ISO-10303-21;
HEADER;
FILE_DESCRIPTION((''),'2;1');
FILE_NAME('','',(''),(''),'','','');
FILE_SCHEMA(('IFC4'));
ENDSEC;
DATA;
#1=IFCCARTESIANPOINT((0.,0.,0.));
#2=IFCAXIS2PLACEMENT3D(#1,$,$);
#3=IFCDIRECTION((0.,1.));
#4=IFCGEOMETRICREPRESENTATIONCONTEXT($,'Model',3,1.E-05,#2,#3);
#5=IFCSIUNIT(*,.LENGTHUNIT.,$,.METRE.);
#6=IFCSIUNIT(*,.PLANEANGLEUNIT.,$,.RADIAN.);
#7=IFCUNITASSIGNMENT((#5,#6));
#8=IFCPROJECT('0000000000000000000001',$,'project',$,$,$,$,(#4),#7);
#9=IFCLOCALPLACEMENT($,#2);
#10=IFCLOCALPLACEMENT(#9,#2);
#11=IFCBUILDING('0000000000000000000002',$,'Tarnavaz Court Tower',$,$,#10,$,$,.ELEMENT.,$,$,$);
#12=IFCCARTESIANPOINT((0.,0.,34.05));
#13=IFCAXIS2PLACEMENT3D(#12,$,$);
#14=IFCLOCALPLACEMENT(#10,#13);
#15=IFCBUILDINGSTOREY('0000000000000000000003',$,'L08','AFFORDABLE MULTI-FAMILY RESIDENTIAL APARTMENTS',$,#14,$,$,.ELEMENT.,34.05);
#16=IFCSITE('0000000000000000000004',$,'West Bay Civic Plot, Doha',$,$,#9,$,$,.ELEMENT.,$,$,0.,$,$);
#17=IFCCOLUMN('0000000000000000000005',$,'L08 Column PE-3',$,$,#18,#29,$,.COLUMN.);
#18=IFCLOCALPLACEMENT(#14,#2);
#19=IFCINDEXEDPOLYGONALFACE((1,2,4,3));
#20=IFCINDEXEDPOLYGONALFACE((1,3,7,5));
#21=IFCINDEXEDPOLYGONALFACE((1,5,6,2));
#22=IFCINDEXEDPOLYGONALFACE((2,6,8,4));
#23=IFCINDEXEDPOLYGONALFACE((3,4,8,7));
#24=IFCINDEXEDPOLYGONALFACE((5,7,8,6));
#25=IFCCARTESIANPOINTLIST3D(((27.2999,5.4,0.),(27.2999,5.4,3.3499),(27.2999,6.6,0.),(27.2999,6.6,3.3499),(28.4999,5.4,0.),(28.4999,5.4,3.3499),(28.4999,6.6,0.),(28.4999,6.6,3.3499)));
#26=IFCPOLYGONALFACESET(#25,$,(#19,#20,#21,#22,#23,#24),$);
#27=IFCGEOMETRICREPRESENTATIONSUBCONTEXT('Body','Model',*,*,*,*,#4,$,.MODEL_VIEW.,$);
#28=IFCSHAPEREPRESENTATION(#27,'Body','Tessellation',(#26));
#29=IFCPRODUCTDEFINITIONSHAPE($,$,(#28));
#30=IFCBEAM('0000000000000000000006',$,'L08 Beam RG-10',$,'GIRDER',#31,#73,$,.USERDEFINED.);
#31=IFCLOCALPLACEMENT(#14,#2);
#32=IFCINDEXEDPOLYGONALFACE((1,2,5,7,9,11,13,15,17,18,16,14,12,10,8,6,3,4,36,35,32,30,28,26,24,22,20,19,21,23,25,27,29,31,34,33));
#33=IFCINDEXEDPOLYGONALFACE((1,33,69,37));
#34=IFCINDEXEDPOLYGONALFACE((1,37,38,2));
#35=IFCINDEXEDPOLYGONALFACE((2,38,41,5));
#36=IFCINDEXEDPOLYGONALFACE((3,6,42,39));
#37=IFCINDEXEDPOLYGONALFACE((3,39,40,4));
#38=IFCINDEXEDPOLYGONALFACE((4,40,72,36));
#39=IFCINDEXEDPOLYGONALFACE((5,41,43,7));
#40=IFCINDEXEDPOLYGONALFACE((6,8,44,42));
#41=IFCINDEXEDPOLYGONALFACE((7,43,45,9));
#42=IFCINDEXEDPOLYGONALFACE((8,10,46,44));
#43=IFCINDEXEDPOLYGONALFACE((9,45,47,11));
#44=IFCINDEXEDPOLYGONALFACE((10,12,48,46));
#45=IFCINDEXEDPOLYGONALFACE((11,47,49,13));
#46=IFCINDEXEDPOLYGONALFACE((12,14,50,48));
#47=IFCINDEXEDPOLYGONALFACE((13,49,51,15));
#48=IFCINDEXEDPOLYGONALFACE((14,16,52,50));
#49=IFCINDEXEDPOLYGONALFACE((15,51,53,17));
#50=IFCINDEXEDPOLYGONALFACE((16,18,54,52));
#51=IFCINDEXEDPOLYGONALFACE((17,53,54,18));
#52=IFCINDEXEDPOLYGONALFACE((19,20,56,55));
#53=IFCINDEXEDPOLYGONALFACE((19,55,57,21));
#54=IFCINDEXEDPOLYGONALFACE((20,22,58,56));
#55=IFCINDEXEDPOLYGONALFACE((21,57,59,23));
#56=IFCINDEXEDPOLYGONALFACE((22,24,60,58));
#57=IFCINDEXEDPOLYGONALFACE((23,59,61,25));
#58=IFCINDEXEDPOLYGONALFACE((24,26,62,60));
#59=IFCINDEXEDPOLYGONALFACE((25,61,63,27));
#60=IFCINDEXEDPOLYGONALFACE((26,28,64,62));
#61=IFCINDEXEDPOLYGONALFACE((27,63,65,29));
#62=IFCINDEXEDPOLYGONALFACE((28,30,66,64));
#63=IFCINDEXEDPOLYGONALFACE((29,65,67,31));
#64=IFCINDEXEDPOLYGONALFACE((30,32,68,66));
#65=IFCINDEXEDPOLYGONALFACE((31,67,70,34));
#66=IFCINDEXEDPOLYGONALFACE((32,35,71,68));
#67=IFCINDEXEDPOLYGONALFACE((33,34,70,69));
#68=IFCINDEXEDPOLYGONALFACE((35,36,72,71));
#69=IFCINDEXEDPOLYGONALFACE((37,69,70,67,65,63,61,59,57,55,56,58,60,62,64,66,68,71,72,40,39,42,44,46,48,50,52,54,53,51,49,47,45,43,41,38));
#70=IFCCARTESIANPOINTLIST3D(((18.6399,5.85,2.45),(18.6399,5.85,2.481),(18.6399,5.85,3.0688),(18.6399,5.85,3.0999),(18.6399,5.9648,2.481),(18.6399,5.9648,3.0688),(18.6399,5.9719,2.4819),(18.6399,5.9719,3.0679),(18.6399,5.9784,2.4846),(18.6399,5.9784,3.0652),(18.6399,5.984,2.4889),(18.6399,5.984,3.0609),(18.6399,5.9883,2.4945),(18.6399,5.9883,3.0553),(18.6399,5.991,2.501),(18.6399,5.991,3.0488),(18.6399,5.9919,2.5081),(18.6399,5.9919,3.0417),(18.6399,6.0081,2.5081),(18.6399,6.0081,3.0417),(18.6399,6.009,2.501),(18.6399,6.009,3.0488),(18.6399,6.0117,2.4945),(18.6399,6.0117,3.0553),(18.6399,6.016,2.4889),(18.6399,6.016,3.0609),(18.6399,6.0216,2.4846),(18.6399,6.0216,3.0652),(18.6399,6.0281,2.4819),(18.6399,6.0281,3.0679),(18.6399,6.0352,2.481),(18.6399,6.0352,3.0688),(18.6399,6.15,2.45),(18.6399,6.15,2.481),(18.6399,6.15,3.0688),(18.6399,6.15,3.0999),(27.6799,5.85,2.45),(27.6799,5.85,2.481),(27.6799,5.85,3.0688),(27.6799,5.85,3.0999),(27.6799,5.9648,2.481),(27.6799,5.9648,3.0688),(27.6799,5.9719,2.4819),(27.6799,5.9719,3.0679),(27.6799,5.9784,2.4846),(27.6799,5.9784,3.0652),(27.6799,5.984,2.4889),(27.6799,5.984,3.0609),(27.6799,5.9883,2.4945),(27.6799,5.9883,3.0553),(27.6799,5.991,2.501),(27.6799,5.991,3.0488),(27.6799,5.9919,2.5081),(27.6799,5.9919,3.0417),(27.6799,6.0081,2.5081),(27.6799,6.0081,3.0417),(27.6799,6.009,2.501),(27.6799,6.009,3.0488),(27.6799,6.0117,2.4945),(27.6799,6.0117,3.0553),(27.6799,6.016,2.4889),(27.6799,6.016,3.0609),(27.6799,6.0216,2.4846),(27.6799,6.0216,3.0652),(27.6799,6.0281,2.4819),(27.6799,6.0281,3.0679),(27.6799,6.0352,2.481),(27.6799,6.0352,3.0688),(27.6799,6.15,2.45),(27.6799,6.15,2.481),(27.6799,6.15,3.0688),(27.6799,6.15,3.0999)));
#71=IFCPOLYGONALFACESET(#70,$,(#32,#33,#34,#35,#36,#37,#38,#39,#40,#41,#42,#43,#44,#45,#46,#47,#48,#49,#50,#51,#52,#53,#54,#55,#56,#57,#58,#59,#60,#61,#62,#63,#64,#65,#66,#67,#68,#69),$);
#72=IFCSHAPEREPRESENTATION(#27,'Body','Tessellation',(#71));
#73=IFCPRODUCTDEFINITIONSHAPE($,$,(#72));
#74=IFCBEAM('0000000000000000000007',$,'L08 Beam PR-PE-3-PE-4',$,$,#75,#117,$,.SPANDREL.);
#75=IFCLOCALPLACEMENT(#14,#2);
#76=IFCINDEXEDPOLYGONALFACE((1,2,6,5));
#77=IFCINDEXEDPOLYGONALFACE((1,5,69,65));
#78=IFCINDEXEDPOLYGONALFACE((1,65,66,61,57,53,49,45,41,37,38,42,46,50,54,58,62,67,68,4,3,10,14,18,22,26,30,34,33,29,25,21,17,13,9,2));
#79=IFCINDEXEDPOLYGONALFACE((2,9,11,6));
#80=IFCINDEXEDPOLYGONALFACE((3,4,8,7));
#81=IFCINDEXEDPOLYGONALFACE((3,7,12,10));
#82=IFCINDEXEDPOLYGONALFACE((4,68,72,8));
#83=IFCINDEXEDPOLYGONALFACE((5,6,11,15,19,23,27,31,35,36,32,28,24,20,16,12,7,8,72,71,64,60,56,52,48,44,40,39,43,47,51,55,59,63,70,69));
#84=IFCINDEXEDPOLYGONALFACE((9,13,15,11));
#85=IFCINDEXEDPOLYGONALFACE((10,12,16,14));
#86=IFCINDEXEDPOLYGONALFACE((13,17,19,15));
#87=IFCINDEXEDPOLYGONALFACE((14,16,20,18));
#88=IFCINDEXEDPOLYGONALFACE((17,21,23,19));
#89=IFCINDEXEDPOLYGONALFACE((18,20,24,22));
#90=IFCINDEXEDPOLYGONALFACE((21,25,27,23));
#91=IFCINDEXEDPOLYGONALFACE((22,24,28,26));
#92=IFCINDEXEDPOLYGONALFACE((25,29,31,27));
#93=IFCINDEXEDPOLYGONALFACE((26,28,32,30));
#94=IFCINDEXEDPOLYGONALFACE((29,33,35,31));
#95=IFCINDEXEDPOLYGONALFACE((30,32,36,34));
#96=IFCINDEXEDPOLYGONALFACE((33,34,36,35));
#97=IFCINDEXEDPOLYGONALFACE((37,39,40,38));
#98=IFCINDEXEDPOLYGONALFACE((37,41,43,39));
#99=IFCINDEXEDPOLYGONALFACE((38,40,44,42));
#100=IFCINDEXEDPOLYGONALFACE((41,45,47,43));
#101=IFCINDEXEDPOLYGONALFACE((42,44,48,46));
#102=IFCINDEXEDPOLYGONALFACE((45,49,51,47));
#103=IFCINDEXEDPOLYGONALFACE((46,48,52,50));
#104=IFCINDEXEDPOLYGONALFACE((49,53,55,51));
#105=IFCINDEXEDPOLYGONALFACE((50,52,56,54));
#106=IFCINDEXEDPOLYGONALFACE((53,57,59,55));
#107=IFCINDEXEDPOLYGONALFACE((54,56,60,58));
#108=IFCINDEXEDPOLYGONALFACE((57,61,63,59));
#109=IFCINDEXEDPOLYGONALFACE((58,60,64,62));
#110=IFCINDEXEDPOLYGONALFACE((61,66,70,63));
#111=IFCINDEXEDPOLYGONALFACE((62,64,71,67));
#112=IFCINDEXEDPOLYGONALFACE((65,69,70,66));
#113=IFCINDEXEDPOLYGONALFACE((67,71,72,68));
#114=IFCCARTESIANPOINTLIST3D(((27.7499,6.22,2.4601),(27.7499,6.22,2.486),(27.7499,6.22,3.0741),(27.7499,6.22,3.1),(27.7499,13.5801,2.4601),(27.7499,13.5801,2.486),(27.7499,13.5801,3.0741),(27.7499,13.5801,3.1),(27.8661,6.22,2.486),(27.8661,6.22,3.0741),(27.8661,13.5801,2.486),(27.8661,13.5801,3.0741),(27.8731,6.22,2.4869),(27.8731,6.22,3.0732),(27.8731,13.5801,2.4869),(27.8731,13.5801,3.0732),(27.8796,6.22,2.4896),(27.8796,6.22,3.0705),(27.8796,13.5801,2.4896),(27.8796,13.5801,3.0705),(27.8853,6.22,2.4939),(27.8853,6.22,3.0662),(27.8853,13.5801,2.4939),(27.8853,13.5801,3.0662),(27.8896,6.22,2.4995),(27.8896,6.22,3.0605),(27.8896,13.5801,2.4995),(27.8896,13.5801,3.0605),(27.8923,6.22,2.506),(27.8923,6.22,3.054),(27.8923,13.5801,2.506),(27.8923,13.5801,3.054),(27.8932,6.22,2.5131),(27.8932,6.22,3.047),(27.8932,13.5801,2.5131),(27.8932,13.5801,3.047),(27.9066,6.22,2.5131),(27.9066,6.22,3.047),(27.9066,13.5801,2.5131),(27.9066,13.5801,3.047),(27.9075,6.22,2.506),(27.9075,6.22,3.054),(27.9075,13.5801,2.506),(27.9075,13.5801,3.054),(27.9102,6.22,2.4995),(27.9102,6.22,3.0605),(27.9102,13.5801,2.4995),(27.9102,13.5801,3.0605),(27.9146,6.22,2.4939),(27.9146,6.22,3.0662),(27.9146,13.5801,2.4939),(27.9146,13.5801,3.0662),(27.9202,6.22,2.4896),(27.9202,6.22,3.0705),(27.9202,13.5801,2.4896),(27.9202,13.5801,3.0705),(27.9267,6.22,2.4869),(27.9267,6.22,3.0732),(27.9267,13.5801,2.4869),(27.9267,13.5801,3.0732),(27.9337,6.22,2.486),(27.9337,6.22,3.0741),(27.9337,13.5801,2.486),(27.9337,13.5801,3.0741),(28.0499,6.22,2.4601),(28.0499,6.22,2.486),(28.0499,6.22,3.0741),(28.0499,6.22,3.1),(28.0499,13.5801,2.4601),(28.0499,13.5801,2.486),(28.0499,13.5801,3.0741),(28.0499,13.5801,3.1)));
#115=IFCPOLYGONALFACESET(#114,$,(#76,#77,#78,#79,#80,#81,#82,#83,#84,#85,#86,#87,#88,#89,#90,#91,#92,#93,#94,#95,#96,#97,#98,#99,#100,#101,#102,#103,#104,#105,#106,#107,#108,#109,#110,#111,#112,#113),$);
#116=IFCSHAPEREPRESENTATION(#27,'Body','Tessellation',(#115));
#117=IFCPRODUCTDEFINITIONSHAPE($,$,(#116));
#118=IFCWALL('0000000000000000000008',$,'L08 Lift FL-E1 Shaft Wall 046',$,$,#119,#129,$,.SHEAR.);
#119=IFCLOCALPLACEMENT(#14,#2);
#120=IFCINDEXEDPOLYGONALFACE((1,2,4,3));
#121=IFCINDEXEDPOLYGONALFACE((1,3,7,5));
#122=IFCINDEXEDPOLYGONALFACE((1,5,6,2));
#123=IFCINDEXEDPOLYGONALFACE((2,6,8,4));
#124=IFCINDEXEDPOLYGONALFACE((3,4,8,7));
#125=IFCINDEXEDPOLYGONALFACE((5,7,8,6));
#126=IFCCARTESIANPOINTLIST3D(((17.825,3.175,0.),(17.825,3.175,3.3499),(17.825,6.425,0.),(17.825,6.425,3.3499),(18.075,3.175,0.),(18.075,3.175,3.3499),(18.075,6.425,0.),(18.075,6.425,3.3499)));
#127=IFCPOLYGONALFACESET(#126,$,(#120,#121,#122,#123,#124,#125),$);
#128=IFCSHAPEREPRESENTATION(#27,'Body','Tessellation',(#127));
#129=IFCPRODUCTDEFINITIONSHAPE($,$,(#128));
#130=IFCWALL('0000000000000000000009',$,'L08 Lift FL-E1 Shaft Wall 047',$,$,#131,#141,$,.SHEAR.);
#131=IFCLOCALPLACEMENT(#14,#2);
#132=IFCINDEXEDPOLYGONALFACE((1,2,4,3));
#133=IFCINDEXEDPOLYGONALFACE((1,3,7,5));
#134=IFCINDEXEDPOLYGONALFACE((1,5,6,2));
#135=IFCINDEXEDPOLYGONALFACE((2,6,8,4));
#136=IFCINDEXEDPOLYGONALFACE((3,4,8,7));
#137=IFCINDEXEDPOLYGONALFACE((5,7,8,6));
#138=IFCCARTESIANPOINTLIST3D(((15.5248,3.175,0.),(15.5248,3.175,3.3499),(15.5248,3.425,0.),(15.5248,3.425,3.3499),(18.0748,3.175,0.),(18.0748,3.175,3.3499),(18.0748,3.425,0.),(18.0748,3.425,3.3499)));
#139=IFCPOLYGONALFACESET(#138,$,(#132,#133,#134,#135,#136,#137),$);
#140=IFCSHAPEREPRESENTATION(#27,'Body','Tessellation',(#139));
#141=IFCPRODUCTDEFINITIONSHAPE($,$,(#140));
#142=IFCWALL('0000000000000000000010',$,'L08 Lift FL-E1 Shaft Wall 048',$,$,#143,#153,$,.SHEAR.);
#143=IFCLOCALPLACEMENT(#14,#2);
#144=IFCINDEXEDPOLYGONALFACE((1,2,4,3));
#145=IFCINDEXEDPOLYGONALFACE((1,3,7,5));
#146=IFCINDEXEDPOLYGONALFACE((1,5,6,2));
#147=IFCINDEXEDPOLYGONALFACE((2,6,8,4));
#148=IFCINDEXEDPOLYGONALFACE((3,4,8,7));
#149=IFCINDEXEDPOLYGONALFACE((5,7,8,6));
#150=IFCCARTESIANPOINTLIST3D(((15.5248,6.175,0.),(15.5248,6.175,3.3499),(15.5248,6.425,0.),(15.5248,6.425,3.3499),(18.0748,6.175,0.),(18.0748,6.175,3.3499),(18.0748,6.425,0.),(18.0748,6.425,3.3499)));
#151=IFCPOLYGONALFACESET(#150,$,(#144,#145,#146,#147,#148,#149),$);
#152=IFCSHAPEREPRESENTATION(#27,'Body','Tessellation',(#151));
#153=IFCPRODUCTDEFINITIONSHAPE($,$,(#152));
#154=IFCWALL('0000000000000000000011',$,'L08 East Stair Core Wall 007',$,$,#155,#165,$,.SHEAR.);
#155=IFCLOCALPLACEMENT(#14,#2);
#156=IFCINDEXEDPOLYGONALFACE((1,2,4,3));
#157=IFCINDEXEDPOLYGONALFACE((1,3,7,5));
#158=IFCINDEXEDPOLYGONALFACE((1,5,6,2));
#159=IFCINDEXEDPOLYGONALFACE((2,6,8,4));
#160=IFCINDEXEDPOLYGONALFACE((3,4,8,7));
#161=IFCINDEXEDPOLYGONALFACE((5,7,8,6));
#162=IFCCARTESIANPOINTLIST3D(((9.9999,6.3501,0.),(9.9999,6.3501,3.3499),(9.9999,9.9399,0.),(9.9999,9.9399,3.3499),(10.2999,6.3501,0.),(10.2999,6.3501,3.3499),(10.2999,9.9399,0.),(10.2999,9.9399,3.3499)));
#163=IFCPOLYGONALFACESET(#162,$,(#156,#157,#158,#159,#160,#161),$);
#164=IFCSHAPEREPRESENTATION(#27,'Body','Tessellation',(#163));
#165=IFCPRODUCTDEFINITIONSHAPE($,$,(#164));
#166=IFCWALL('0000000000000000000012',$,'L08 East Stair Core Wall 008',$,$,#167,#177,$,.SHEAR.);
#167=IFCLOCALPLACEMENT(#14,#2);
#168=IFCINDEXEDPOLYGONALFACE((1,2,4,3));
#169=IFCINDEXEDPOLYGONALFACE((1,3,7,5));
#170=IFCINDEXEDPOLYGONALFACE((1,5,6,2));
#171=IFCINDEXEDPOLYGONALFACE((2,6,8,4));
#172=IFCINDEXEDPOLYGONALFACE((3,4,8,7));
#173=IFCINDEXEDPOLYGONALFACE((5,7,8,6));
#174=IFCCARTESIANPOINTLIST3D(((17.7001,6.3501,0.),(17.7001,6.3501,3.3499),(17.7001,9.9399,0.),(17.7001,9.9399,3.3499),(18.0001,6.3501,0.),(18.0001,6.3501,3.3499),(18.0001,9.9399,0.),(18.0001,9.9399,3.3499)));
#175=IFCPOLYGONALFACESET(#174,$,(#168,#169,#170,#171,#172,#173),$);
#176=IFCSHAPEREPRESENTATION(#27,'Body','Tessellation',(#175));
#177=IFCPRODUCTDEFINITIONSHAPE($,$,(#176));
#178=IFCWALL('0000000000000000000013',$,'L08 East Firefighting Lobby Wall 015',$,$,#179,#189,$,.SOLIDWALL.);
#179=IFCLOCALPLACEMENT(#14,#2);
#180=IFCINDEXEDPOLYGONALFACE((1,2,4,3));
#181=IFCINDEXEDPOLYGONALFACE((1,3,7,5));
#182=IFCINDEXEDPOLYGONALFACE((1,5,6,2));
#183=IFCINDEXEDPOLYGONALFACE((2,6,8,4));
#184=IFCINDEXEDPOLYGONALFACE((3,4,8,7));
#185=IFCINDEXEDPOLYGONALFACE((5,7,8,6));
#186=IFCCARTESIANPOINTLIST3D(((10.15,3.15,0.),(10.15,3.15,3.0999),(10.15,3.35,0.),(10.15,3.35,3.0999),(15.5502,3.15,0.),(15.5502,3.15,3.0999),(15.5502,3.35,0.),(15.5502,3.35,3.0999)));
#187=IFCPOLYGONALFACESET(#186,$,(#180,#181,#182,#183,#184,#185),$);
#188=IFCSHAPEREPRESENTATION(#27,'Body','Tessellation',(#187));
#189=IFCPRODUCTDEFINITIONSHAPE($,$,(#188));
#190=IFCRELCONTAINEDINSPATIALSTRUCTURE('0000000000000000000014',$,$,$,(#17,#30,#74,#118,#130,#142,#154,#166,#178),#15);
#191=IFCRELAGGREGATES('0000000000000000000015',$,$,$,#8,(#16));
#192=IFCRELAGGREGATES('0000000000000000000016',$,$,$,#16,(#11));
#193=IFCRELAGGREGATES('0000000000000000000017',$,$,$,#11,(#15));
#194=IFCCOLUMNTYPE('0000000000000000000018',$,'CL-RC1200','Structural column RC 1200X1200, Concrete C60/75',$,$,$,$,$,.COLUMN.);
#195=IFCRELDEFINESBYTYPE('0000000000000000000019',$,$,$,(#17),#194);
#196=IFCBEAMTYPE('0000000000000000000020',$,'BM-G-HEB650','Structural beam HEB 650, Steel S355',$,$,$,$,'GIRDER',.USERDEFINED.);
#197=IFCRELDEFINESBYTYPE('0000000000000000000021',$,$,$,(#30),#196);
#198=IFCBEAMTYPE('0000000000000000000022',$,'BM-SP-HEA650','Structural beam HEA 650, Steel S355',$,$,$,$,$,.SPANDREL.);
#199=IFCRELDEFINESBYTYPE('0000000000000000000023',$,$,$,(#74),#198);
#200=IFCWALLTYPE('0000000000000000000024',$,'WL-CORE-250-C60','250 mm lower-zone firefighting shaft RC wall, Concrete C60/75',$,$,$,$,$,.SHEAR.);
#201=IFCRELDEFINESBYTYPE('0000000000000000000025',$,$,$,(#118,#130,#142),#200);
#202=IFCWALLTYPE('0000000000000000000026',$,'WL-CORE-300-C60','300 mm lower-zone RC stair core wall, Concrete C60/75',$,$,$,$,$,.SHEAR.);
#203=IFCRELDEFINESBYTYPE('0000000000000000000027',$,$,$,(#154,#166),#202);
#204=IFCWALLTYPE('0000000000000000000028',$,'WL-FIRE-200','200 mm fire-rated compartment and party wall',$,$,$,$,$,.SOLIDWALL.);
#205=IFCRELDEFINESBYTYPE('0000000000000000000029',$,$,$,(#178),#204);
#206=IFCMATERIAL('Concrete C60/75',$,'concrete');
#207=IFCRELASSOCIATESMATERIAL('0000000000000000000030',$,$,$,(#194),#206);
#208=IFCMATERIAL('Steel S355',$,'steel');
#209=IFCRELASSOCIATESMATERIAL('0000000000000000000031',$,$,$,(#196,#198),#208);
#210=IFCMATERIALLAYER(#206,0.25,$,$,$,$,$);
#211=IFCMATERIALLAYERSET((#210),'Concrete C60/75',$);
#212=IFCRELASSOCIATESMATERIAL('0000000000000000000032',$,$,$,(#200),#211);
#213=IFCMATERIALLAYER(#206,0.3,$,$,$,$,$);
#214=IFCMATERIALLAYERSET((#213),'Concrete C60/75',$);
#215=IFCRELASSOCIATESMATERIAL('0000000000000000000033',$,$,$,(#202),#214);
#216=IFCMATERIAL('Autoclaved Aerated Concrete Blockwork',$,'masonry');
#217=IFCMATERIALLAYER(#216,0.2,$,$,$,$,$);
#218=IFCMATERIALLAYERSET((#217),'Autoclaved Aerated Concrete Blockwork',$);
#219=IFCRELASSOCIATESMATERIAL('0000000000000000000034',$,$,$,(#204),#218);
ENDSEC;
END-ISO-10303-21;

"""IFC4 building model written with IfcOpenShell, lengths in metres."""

from ifc_helpers import new_model, si_unit, direction, frame, frame_2d, origin, origin_2d, place, context, subcontext, project, spatial, rectangle, i_section, extrude, material, layer, layer_set, material_profile, profile_set, type_object, element, save


model = new_model("IFC4")

# Units and contexts
model_context = context("Model", 3, precision=1e-05, world=origin(), true_north=direction((0.0, 1.0)))
body_context = subcontext(model_context, "Body", "Model", "MODEL_VIEW")
ifc_project = project(units=[si_unit("LENGTHUNIT", "METRE"), si_unit("PLANEANGLEUNIT", "RADIAN")], contexts=[model_context])

# Site, building, storey
site_placement = place(None, origin())
site = spatial("IfcSite", under=ifc_project, at=site_placement, Name="West Bay Civic Plot, Doha", CompositionType="ELEMENT", RefElevation=0.0)
building_placement = place(site_placement, origin())
building = spatial("IfcBuilding", under=site, at=building_placement, Name="Tarnavaz Court Tower", CompositionType="ELEMENT")
storey_placement = place(building_placement, frame((0.0, 0.0, 34.05)))
storey = spatial("IfcBuildingStorey", under=building, at=storey_placement, Name="L08", Description="AFFORDABLE MULTI-FAMILY RESIDENTIAL APARTMENTS", CompositionType="ELEMENT", Elevation=34.05)

# Column
ifc_material_1 = material(Name="Concrete C60/75", Category="concrete")
ifc_material_profile_1 = material_profile(ifc_material_1, rectangle(XDim=1.2, YDim=1.2, at=origin_2d()), Name="RC 1200X1200")
ifc_profile_set_1 = profile_set([ifc_material_profile_1], Name="Concrete C60/75")
column_type = type_object("IfcColumnType", Name="CL-RC1200", Description="Structural column RC 1200X1200, Concrete C60/75", PredefinedType="COLUMN", material=ifc_profile_set_1)
column_placement = place(storey_placement, frame((27.8999, 6.0, 0.0), z_axis=(0.0, 0.0, 1.0), x_axis=(1.0, 0.0, 0.0)))
element("IfcColumn", 1, at=column_placement, inside=storey, type_object=column_type, Name="L08 Column PE-3", PredefinedType="COLUMN", context=body_context, shape_type="SweptSolid", body=[
    extrude(rectangle(XDim=1.2, YDim=1.2, at=origin_2d()), origin(), (0.0, 0.0, 1.0), 3.3499),
])

# Beams
ifc_material_2 = material(Name="Steel S355", Category="steel")
ifc_material_profile_2 = material_profile(ifc_material_2, i_section(OverallWidth=0.3, OverallDepth=0.6499, WebThickness=0.0161, FlangeThickness=0.031, FilletRadius=0.0271, at=origin_2d()), Name="HEB 650")
ifc_profile_set_2 = profile_set([ifc_material_profile_2], Name="Steel S355")
beam_type_1 = type_object("IfcBeamType", Name="BM-G-HEB650", Description="Structural beam HEB 650, Steel S355", ElementType="GIRDER", PredefinedType="USERDEFINED", material=ifc_profile_set_2)
beam_1_placement = place(storey_placement, frame((18.6399, 6.0, 2.7749), z_axis=(1.0, 0.0, 0.0), x_axis=(0.0, 1.0, 0.0)))
element("IfcBeam", 2, at=beam_1_placement, inside=storey, type_object=beam_type_1, Name="L08 Beam RG-10", ObjectType="GIRDER", PredefinedType="USERDEFINED", context=body_context, shape_type="SweptSolid", body=[
    extrude(i_section(OverallWidth=0.3, OverallDepth=0.6499, WebThickness=0.0161, FlangeThickness=0.031, FilletRadius=0.0271, at=origin_2d()), origin(), (0.0, 0.0, 1.0), 9.04),
])
ifc_material_profile_3 = material_profile(ifc_material_2, i_section(OverallWidth=0.3, OverallDepth=0.6399, WebThickness=0.0134, FlangeThickness=0.0259, FilletRadius=0.0271, at=origin_2d()), Name="HEA 650")
ifc_profile_set_3 = profile_set([ifc_material_profile_3], Name="Steel S355")
beam_type_2 = type_object("IfcBeamType", Name="BM-SP-HEA650", Description="Structural beam HEA 650, Steel S355", PredefinedType="SPANDREL", material=ifc_profile_set_3)
beam_2_placement = place(storey_placement, frame((27.8999, 6.22, 2.78), z_axis=(0.0, 1.0, 0.0), x_axis=(-1.0, 0.0, 0.0)))
element("IfcBeam", 3, at=beam_2_placement, inside=storey, type_object=beam_type_2, Name="L08 Beam PR-PE-3-PE-4", PredefinedType="SPANDREL", context=body_context, shape_type="SweptSolid", body=[
    extrude(i_section(OverallWidth=0.3, OverallDepth=0.6399, WebThickness=0.0134, FlangeThickness=0.0259, FilletRadius=0.0271, at=origin_2d()), origin(), (0.0, 0.0, 1.0), 7.3601),
])

# Shared definitions
ifc_layer_1 = layer(ifc_material_1, 0.25)
ifc_layer_set_1 = layer_set([ifc_layer_1], Name="Concrete C60/75")
wall_type_1 = type_object("IfcWallType", Name="WL-CORE-250-C60", Description="250 mm lower-zone firefighting shaft RC wall, Concrete C60/75", PredefinedType="SHEAR", material=ifc_layer_set_1)

# Walls
wall_1_placement = place(storey_placement, frame((17.95, 3.175, 0.0), z_axis=(0.0, 0.0, 1.0), x_axis=(0.0, 1.0, 0.0)))
element("IfcWall", 4, at=wall_1_placement, inside=storey, type_object=wall_type_1, Name="L08 Lift FL-E1 Shaft Wall 046", PredefinedType="SHEAR", context=body_context, shape_type="SweptSolid", body=[
    extrude(rectangle(XDim=3.25, YDim=0.25, at=frame_2d((1.625, 0.0))), origin(), (0.0, 0.0, 1.0), 3.3499),
])
for number, where, z_axis, x_axis, name in (
    (5, (15.5249, 3.3, 0.0), (0.0, 0.0, 1.0), (1.0, 0.0, 0.0), "L08 Lift FL-E1 Shaft Wall 047"),
    (6, (15.5249, 6.3, 0.0), (0.0, 0.0, 1.0), (1.0, 0.0, 0.0), "L08 Lift FL-E1 Shaft Wall 048"),
):
    element("IfcWall", number, at=place(storey_placement, frame(where, z_axis=z_axis, x_axis=x_axis)), inside=storey, type_object=wall_type_1, Name=name, PredefinedType="SHEAR", context=body_context, shape_type="SweptSolid", body=[
        extrude(rectangle(XDim=2.55, YDim=0.25, at=frame_2d((1.2749, 0.0))), origin(), (0.0, 0.0, 1.0), 3.3499),
    ])
ifc_layer_2 = layer(ifc_material_1, 0.3)
ifc_layer_set_2 = layer_set([ifc_layer_2], Name="Concrete C60/75")
wall_type_2 = type_object("IfcWallType", Name="WL-CORE-300-C60", Description="300 mm lower-zone RC stair core wall, Concrete C60/75", PredefinedType="SHEAR", material=ifc_layer_set_2)
for number, where, z_axis, x_axis, name in (
    (7, (10.1499, 6.3501, 0.0), (0.0, 0.0, 1.0), (0.0, 1.0, 0.0), "L08 East Stair Core Wall 007"),
    (8, (17.8501, 6.3501, 0.0), (0.0, 0.0, 1.0), (0.0, 1.0, 0.0), "L08 East Stair Core Wall 008"),
):
    element("IfcWall", number, at=place(storey_placement, frame(where, z_axis=z_axis, x_axis=x_axis)), inside=storey, type_object=wall_type_2, Name=name, PredefinedType="SHEAR", context=body_context, shape_type="SweptSolid", body=[
        extrude(rectangle(XDim=3.5898, YDim=0.3, at=frame_2d((1.7949, 0.0))), origin(), (0.0, 0.0, 1.0), 3.3499),
    ])
ifc_material_3 = material(Name="Autoclaved Aerated Concrete Blockwork", Category="masonry")
ifc_layer_3 = layer(ifc_material_3, 0.2)
ifc_layer_set_3 = layer_set([ifc_layer_3], Name="Autoclaved Aerated Concrete Blockwork")
wall_type_3 = type_object("IfcWallType", Name="WL-FIRE-200", Description="200 mm fire-rated compartment and party wall", PredefinedType="SOLIDWALL", material=ifc_layer_set_3)
wall_2_placement = place(storey_placement, frame((10.1499, 3.25, 0.0), z_axis=(0.0, 0.0, 1.0), x_axis=(1.0, 0.0, 0.0)))
element("IfcWall", 9, at=wall_2_placement, inside=storey, type_object=wall_type_3, Name="L08 East Firefighting Lobby Wall 015", PredefinedType="SOLIDWALL", context=body_context, shape_type="SweptSolid", body=[
    extrude(rectangle(XDim=5.4001, YDim=0.2, at=frame_2d((2.7002, 0.0))), origin(), (0.0, 0.0, 1.0), 3.0999),
])

save(model, "model.ifc")
